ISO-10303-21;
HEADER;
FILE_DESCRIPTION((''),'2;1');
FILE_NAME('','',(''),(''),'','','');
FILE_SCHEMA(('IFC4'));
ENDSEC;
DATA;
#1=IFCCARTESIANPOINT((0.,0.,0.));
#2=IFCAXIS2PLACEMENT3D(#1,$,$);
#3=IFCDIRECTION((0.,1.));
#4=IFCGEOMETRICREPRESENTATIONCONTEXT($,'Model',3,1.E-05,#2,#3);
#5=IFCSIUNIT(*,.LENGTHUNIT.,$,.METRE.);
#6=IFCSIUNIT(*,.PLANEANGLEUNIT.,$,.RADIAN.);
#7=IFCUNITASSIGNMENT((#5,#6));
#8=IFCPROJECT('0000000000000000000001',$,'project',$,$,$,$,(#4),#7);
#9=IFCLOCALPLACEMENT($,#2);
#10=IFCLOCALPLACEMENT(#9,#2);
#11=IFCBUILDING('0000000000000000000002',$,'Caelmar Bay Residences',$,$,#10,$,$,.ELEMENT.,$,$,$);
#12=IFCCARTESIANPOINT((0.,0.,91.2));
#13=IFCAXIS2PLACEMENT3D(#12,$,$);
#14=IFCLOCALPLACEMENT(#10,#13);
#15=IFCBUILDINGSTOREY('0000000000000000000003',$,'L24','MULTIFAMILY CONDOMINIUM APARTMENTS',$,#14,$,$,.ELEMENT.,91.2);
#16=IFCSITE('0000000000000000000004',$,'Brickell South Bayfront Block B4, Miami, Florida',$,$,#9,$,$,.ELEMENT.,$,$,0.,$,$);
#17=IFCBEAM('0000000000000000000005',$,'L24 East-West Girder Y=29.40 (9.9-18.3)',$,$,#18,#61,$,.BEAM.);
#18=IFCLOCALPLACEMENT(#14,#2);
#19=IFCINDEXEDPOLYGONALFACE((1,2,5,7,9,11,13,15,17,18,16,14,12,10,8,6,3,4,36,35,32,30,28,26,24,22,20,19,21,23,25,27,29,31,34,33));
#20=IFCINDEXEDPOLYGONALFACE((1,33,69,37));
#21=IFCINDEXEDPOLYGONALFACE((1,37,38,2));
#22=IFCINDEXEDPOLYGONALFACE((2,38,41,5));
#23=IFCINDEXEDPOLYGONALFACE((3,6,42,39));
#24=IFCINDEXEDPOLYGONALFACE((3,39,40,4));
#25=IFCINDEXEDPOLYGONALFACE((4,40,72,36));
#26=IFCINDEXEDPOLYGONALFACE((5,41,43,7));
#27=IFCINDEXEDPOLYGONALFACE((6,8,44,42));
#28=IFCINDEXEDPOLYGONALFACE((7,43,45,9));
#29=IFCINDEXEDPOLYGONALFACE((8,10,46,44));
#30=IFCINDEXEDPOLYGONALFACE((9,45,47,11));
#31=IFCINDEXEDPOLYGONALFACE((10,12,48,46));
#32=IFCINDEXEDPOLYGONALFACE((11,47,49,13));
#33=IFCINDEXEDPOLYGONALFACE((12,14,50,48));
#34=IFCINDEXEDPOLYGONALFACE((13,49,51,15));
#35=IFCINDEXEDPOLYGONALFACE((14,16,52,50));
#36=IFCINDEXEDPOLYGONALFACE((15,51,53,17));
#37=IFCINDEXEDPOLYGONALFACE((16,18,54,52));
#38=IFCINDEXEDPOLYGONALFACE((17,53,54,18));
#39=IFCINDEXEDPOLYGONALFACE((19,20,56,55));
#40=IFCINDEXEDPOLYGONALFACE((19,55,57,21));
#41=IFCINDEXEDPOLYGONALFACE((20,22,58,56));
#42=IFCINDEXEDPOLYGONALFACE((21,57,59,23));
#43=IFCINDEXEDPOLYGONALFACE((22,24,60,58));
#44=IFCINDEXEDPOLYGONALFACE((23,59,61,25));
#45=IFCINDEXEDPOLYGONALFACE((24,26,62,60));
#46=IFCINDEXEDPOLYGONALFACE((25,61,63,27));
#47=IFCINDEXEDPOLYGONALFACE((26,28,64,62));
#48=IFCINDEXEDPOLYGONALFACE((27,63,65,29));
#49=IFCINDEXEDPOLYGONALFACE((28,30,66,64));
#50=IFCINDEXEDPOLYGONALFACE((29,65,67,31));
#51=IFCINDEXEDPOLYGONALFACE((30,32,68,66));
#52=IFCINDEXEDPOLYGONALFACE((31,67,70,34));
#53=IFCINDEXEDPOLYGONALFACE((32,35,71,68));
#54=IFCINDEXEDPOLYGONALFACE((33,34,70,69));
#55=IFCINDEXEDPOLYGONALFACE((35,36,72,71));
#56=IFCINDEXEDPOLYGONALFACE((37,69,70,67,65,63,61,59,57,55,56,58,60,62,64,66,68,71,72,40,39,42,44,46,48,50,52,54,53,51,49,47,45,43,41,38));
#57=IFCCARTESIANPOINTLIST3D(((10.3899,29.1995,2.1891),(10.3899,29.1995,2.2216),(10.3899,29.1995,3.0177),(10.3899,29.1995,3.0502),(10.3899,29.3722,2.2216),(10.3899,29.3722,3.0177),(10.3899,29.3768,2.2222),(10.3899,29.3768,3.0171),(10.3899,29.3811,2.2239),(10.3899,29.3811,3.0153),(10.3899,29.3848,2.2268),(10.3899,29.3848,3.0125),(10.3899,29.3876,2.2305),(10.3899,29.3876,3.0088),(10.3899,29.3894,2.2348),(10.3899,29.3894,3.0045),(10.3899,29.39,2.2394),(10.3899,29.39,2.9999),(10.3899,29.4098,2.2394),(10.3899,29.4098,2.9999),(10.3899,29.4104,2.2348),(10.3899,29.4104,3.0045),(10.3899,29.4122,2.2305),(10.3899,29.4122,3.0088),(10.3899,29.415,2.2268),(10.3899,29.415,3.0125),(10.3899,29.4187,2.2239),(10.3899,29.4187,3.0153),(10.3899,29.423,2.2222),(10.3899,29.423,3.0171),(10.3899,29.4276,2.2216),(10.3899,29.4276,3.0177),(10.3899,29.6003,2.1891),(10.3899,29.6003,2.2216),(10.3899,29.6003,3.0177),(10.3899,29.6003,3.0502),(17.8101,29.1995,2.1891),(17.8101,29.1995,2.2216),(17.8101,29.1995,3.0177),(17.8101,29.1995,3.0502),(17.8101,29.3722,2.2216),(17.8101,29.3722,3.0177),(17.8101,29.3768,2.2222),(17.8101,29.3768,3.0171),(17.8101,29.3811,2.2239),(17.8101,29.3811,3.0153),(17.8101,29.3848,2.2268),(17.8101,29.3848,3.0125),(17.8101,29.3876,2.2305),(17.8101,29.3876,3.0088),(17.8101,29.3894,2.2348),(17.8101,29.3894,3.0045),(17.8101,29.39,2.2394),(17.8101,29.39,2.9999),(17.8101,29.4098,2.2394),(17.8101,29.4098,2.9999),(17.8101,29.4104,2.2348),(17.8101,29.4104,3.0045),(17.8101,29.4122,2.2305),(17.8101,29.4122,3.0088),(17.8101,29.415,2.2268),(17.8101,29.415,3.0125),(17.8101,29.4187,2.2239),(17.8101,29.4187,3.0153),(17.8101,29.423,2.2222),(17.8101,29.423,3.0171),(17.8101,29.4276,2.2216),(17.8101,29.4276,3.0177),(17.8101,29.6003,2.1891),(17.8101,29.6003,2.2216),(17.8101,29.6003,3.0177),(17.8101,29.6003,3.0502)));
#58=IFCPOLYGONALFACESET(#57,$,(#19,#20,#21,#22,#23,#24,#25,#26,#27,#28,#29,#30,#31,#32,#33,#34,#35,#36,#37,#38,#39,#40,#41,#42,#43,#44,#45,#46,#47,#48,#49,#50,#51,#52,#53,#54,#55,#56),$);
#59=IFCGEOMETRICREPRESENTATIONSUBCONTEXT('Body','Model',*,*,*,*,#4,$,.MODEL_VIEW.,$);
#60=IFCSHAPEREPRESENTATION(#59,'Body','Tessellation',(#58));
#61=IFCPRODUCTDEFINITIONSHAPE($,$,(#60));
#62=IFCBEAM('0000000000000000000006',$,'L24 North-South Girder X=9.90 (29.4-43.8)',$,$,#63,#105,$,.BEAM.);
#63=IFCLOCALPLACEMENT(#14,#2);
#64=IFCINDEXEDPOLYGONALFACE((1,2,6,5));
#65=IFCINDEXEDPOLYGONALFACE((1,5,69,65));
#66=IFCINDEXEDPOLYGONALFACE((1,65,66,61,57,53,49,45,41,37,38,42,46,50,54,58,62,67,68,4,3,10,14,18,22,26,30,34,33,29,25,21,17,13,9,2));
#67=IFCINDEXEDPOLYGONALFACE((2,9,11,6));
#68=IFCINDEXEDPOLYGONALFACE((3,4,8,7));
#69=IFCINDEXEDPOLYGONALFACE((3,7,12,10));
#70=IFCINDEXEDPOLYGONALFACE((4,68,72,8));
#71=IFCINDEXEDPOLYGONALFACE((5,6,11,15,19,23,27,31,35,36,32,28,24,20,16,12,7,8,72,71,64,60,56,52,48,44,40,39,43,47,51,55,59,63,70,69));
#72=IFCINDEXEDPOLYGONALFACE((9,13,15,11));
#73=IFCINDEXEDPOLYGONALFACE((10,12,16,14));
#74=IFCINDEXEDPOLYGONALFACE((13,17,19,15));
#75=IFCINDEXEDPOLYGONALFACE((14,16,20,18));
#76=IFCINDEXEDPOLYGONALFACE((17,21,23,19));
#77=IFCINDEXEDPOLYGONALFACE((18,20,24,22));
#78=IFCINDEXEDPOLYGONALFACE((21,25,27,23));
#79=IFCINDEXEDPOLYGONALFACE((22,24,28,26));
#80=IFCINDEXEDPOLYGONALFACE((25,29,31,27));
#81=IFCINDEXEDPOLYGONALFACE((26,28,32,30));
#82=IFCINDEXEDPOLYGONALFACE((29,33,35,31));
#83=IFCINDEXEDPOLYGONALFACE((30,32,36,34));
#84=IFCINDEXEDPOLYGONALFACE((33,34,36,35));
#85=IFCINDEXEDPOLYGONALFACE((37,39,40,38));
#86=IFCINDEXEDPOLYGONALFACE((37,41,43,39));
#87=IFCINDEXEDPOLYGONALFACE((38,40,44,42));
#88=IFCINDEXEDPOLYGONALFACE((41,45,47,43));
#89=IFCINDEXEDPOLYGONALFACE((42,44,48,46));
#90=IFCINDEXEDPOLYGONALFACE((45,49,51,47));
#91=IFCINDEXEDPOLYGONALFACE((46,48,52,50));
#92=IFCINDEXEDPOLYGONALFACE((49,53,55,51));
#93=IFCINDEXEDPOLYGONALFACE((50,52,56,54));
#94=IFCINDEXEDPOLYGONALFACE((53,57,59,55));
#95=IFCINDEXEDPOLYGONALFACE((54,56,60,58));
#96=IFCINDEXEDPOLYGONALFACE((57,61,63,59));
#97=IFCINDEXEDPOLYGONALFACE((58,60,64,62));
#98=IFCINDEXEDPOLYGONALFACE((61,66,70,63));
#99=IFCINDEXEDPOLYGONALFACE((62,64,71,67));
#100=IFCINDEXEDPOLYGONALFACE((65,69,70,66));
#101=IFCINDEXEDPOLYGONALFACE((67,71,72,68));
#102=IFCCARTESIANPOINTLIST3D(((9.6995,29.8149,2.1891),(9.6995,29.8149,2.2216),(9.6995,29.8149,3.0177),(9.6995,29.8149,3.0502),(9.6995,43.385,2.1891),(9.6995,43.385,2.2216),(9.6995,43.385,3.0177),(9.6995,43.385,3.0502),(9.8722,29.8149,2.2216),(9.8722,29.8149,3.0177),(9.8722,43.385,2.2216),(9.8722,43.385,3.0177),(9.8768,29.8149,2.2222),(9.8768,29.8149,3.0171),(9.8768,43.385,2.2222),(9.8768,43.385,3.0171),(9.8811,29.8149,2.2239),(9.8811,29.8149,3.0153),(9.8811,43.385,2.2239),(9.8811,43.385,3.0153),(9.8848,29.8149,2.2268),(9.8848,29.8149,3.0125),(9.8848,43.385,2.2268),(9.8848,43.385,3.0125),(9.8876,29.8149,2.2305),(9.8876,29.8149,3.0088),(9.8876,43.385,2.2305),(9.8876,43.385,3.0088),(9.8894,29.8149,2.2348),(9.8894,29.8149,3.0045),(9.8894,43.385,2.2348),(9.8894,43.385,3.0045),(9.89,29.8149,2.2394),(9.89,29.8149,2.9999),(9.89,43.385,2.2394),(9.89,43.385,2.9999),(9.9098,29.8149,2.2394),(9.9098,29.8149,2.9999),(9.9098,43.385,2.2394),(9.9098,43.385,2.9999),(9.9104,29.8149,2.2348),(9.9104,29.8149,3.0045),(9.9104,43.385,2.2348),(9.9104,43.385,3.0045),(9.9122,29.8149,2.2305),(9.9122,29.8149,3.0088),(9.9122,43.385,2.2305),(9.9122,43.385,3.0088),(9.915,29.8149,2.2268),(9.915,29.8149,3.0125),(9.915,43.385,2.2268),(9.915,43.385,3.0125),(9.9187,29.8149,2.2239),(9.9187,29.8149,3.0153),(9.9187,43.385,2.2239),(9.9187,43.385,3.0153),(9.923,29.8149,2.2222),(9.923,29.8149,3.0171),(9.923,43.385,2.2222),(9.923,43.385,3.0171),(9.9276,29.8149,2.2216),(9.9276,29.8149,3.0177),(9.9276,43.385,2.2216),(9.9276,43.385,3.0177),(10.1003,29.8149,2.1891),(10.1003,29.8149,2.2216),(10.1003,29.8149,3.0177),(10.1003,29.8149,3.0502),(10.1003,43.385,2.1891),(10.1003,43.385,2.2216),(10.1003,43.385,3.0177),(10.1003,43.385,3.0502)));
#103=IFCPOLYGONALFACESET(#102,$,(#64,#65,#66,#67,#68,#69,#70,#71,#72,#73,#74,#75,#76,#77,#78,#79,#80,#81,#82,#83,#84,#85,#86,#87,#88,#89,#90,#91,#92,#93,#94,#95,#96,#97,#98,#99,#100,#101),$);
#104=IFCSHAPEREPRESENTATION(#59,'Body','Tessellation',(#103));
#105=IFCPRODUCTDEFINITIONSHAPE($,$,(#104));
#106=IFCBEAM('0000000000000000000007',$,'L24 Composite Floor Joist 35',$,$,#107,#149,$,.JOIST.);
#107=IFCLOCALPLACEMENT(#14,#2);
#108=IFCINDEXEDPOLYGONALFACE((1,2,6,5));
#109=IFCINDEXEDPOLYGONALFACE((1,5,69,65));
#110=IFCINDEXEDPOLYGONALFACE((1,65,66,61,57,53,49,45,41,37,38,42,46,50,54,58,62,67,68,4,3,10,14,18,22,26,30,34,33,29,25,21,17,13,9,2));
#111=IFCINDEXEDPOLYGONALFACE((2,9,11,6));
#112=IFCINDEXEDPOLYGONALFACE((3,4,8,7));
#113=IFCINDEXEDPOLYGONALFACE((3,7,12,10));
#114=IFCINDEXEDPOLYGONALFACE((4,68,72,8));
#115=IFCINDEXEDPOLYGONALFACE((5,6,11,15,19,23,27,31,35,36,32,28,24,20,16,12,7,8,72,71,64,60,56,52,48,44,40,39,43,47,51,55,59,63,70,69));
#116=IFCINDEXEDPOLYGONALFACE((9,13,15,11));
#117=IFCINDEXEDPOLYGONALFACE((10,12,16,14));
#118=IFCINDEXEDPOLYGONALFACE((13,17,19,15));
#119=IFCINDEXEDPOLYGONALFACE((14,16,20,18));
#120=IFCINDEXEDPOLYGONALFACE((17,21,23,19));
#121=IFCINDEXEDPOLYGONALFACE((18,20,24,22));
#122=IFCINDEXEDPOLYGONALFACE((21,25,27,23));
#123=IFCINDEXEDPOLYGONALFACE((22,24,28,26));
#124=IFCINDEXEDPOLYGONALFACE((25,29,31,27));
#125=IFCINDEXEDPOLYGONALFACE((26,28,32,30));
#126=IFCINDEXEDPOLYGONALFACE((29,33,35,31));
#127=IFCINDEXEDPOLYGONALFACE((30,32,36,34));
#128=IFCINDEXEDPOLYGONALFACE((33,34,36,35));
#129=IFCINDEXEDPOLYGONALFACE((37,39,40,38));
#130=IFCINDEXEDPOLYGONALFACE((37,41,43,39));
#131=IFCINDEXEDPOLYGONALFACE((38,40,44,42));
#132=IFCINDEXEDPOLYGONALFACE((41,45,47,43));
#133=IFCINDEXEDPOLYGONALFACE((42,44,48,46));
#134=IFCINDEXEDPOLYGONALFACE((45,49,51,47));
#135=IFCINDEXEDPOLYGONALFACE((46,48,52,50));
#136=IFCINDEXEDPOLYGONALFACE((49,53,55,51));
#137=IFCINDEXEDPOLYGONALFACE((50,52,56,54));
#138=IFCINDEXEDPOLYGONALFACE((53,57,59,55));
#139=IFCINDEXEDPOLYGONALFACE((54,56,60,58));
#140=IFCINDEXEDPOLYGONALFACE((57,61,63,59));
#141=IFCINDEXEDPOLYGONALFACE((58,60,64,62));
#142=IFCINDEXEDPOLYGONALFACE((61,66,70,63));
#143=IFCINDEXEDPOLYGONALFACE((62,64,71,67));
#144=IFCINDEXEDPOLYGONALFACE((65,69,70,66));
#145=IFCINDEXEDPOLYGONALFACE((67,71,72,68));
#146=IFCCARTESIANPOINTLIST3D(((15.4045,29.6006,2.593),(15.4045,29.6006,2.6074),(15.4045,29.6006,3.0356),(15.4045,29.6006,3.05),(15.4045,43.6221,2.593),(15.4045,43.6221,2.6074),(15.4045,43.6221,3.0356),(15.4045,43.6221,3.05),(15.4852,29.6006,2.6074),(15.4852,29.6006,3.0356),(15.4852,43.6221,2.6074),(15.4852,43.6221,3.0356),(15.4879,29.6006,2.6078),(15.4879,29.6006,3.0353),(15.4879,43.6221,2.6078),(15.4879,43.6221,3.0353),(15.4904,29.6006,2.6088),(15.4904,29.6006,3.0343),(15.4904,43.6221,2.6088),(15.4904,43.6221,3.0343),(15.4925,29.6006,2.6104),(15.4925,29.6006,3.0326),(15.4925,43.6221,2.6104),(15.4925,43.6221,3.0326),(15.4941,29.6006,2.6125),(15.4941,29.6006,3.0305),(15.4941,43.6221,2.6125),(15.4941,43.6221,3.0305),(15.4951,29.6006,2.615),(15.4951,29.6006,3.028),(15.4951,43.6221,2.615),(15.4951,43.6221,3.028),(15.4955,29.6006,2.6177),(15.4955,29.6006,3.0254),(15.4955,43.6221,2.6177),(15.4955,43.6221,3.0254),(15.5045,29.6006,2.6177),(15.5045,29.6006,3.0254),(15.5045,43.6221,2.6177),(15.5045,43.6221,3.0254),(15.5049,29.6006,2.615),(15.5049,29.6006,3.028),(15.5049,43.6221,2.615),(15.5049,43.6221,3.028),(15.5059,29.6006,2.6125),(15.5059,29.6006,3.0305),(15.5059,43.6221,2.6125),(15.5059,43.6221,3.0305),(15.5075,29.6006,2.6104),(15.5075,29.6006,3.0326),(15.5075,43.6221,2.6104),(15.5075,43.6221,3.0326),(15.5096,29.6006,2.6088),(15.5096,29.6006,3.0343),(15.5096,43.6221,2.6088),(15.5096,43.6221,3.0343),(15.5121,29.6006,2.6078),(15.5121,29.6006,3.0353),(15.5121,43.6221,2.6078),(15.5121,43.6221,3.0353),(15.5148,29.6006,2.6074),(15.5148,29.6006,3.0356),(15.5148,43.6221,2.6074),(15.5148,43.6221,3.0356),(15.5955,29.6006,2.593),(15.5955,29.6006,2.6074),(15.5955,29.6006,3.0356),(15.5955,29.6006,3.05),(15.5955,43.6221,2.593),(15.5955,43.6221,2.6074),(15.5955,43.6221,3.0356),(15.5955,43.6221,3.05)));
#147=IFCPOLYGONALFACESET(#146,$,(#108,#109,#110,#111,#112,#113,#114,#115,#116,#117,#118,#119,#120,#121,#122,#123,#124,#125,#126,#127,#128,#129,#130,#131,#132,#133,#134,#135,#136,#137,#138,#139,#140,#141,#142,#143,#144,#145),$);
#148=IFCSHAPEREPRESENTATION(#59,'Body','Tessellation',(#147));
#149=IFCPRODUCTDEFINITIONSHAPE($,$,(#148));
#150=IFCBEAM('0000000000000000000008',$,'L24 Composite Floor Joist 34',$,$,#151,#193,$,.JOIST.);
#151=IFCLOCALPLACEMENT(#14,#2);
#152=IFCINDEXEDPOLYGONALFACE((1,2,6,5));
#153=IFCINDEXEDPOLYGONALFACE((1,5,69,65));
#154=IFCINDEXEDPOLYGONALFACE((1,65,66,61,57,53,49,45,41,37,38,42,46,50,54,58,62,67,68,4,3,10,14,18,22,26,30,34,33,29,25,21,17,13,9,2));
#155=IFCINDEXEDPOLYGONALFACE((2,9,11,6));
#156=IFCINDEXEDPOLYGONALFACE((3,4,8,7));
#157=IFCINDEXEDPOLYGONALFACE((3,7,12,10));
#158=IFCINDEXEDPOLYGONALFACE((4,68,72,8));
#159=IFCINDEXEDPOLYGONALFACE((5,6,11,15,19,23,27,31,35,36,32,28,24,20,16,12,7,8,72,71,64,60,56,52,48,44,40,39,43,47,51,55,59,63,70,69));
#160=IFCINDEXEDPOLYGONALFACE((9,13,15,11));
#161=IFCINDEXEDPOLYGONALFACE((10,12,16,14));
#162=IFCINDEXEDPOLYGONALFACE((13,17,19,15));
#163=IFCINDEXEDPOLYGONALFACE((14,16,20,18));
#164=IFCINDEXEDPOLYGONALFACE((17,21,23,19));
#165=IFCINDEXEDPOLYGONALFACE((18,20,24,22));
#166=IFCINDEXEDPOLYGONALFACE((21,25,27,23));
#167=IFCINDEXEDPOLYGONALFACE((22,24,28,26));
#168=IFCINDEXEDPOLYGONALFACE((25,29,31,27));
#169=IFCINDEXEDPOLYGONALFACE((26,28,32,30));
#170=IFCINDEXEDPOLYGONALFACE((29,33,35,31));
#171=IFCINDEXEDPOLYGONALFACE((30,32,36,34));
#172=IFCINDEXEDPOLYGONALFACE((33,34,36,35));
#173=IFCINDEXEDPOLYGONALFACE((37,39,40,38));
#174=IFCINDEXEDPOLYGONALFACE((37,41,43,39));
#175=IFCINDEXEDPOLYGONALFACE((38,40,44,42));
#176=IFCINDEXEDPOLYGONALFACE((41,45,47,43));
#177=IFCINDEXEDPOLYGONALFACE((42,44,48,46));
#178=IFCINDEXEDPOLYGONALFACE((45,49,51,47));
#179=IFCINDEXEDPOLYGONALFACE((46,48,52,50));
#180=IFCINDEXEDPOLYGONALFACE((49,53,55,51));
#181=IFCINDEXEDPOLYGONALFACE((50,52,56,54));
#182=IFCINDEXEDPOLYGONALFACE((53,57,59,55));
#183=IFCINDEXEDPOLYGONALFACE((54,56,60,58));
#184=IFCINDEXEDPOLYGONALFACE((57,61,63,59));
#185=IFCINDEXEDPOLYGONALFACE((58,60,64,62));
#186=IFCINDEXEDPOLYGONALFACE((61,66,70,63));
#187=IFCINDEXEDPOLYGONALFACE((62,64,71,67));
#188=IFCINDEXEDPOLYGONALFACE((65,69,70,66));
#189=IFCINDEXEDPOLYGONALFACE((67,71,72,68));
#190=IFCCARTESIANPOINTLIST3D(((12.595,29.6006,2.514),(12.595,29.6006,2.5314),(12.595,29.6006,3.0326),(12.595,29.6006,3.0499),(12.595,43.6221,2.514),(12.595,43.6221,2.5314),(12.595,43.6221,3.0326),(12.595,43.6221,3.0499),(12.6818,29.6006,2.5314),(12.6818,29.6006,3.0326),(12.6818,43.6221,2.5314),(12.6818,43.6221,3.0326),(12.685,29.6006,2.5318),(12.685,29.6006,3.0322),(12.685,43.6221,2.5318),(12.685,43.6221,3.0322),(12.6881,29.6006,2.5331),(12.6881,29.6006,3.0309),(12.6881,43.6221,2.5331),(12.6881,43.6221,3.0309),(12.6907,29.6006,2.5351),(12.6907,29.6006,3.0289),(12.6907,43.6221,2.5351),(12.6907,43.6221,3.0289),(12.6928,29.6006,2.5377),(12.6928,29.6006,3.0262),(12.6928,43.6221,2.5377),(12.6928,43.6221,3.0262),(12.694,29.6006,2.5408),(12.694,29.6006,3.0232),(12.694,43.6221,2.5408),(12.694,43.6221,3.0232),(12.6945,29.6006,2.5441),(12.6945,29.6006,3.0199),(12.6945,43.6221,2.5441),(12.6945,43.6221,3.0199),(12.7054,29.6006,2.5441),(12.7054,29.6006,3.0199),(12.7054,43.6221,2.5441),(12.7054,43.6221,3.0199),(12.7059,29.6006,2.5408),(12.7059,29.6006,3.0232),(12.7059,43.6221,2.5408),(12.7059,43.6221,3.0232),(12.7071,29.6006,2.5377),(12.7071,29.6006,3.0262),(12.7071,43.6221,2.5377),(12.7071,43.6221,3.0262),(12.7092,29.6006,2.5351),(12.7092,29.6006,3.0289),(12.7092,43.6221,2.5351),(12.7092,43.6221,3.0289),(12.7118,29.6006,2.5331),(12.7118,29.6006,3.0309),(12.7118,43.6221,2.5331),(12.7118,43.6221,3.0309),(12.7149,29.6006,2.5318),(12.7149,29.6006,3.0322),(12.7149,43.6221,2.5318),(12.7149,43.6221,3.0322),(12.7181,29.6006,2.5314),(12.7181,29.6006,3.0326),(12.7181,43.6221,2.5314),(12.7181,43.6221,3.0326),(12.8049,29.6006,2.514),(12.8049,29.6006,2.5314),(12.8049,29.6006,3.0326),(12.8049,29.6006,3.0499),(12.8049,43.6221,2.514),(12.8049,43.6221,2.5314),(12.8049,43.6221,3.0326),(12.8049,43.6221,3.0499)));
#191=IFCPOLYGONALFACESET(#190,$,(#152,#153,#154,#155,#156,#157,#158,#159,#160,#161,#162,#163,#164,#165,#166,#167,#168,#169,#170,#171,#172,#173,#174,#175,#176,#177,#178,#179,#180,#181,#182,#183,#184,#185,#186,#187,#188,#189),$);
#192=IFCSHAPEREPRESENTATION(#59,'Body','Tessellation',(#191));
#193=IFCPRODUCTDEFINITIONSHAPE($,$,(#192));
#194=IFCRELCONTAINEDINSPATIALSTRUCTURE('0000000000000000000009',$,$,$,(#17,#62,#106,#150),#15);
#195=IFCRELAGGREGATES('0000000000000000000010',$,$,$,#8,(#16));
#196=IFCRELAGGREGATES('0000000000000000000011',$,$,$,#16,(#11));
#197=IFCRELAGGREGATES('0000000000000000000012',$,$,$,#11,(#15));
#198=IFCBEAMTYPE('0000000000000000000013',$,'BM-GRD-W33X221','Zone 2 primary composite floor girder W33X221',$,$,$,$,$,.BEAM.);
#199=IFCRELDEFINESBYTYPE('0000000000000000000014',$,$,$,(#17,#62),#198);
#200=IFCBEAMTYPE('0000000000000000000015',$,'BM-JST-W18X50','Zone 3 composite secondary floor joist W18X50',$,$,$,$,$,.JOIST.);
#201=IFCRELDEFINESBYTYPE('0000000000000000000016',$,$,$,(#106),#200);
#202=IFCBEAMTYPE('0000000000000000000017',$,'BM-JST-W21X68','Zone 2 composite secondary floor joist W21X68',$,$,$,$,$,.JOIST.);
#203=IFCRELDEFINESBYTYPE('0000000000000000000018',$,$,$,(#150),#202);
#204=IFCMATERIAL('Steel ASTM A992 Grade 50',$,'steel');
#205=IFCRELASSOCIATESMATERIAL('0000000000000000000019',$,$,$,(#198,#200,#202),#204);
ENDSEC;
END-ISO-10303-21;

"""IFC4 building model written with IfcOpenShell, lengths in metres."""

from ifc_helpers import new_model, si_unit, direction, frame, origin, origin_2d, place, context, subcontext, project, spatial, i_section, extrude, material, material_profile, profile_set, type_object, element, save


model = new_model("IFC4")

# Units and contexts
model_context = context("Model", 3, precision=1e-05, world=origin(), true_north=direction((0.0, 1.0)))
body_context = subcontext(model_context, "Body", "Model", "MODEL_VIEW")
ifc_project = project(units=[si_unit("LENGTHUNIT", "METRE"), si_unit("PLANEANGLEUNIT", "RADIAN")], contexts=[model_context])

# Site, building, storey
site_placement = place(None, origin())
site = spatial("IfcSite", under=ifc_project, at=site_placement, Name="Brickell South Bayfront Block B4, Miami, Florida", CompositionType="ELEMENT", RefElevation=0.0)
building_placement = place(site_placement, origin())
building = spatial("IfcBuilding", under=site, at=building_placement, Name="Caelmar Bay Residences", CompositionType="ELEMENT")
storey_placement = place(building_placement, frame((0.0, 0.0, 91.2)))
storey = spatial("IfcBuildingStorey", under=building, at=storey_placement, Name="L24", Description="MULTIFAMILY CONDOMINIUM APARTMENTS", CompositionType="ELEMENT", Elevation=91.2)

# Beams
ifc_material_1 = material(Name="Steel ASTM A992 Grade 50", Category="steel")
ifc_material_profile_1 = material_profile(ifc_material_1, i_section(OverallWidth=0.4009, OverallDepth=0.8611, WebThickness=0.0198, FlangeThickness=0.0325, FilletRadius=0.0178, at=origin_2d()), Name="W33X221")
ifc_profile_set_1 = profile_set([ifc_material_profile_1], Name="Steel ASTM A992 Grade 50")
beam_type_1 = type_object("IfcBeamType", Name="BM-GRD-W33X221", Description="Zone 2 primary composite floor girder W33X221", PredefinedType="BEAM", material=ifc_profile_set_1)
beam_1_placement = place(storey_placement, frame((10.3899, 29.3999, 2.6196), z_axis=(1.0, 0.0, 0.0), x_axis=(0.0, 1.0, 0.0)))
element("IfcBeam", 1, at=beam_1_placement, inside=storey, type_object=beam_type_1, Name="L24 East-West Girder Y=29.40 (9.9-18.3)", PredefinedType="BEAM", context=body_context, shape_type="SweptSolid", body=[
    extrude(i_section(OverallWidth=0.4009, OverallDepth=0.8611, WebThickness=0.0198, FlangeThickness=0.0325, FilletRadius=0.0178, at=origin_2d()), origin(), (0.0, 0.0, 1.0), 7.4202),
])
beam_2_placement = place(storey_placement, frame((9.8999, 29.8149, 2.6196), z_axis=(0.0, 1.0, 0.0), x_axis=(-1.0, 0.0, 0.0)))
element("IfcBeam", 2, at=beam_2_placement, inside=storey, type_object=beam_type_1, Name="L24 North-South Girder X=9.90 (29.4-43.8)", PredefinedType="BEAM", context=body_context, shape_type="SweptSolid", body=[
    extrude(i_section(OverallWidth=0.4009, OverallDepth=0.8611, WebThickness=0.0198, FlangeThickness=0.0325, FilletRadius=0.0178, at=origin_2d()), origin(), (0.0, 0.0, 1.0), 13.5701),
])
ifc_material_profile_2 = material_profile(ifc_material_1, i_section(OverallWidth=0.1909, OverallDepth=0.457, WebThickness=0.009, FlangeThickness=0.0144, FilletRadius=0.0103, at=origin_2d()), Name="W18X50")
ifc_profile_set_2 = profile_set([ifc_material_profile_2], Name="Steel ASTM A992 Grade 50")
beam_type_2 = type_object("IfcBeamType", Name="BM-JST-W18X50", Description="Zone 3 composite secondary floor joist W18X50", PredefinedType="JOIST", material=ifc_profile_set_2)
beam_3_placement = place(storey_placement, frame((15.5, 29.6006, 2.8215), z_axis=(0.0, 1.0, 0.0), x_axis=(-1.0, 0.0, 0.0)))
element("IfcBeam", 3, at=beam_3_placement, inside=storey, type_object=beam_type_2, Name="L24 Composite Floor Joist 35", PredefinedType="JOIST", context=body_context, shape_type="SweptSolid", body=[
    extrude(i_section(OverallWidth=0.1909, OverallDepth=0.457, WebThickness=0.009, FlangeThickness=0.0144, FilletRadius=0.0103, at=origin_2d()), origin(), (0.0, 0.0, 1.0), 14.0215),
])
ifc_material_profile_3 = material_profile(ifc_material_1, i_section(OverallWidth=0.21, OverallDepth=0.5359, WebThickness=0.011, FlangeThickness=0.0173, FilletRadius=0.0127, at=origin_2d()), Name="W21X68")
ifc_profile_set_3 = profile_set([ifc_material_profile_3], Name="Steel ASTM A992 Grade 50")
beam_type_3 = type_object("IfcBeamType", Name="BM-JST-W21X68", Description="Zone 2 composite secondary floor joist W21X68", PredefinedType="JOIST", material=ifc_profile_set_3)
beam_4_placement = place(storey_placement, frame((12.7, 29.6006, 2.782), z_axis=(0.0, 1.0, 0.0), x_axis=(-1.0, 0.0, 0.0)))
element("IfcBeam", 4, at=beam_4_placement, inside=storey, type_object=beam_type_3, Name="L24 Composite Floor Joist 34", PredefinedType="JOIST", context=body_context, shape_type="SweptSolid", body=[
    extrude(i_section(OverallWidth=0.21, OverallDepth=0.5359, WebThickness=0.011, FlangeThickness=0.0173, FilletRadius=0.0127, at=origin_2d()), origin(), (0.0, 0.0, 1.0), 14.0215),
])

save(model, "model.ifc")
